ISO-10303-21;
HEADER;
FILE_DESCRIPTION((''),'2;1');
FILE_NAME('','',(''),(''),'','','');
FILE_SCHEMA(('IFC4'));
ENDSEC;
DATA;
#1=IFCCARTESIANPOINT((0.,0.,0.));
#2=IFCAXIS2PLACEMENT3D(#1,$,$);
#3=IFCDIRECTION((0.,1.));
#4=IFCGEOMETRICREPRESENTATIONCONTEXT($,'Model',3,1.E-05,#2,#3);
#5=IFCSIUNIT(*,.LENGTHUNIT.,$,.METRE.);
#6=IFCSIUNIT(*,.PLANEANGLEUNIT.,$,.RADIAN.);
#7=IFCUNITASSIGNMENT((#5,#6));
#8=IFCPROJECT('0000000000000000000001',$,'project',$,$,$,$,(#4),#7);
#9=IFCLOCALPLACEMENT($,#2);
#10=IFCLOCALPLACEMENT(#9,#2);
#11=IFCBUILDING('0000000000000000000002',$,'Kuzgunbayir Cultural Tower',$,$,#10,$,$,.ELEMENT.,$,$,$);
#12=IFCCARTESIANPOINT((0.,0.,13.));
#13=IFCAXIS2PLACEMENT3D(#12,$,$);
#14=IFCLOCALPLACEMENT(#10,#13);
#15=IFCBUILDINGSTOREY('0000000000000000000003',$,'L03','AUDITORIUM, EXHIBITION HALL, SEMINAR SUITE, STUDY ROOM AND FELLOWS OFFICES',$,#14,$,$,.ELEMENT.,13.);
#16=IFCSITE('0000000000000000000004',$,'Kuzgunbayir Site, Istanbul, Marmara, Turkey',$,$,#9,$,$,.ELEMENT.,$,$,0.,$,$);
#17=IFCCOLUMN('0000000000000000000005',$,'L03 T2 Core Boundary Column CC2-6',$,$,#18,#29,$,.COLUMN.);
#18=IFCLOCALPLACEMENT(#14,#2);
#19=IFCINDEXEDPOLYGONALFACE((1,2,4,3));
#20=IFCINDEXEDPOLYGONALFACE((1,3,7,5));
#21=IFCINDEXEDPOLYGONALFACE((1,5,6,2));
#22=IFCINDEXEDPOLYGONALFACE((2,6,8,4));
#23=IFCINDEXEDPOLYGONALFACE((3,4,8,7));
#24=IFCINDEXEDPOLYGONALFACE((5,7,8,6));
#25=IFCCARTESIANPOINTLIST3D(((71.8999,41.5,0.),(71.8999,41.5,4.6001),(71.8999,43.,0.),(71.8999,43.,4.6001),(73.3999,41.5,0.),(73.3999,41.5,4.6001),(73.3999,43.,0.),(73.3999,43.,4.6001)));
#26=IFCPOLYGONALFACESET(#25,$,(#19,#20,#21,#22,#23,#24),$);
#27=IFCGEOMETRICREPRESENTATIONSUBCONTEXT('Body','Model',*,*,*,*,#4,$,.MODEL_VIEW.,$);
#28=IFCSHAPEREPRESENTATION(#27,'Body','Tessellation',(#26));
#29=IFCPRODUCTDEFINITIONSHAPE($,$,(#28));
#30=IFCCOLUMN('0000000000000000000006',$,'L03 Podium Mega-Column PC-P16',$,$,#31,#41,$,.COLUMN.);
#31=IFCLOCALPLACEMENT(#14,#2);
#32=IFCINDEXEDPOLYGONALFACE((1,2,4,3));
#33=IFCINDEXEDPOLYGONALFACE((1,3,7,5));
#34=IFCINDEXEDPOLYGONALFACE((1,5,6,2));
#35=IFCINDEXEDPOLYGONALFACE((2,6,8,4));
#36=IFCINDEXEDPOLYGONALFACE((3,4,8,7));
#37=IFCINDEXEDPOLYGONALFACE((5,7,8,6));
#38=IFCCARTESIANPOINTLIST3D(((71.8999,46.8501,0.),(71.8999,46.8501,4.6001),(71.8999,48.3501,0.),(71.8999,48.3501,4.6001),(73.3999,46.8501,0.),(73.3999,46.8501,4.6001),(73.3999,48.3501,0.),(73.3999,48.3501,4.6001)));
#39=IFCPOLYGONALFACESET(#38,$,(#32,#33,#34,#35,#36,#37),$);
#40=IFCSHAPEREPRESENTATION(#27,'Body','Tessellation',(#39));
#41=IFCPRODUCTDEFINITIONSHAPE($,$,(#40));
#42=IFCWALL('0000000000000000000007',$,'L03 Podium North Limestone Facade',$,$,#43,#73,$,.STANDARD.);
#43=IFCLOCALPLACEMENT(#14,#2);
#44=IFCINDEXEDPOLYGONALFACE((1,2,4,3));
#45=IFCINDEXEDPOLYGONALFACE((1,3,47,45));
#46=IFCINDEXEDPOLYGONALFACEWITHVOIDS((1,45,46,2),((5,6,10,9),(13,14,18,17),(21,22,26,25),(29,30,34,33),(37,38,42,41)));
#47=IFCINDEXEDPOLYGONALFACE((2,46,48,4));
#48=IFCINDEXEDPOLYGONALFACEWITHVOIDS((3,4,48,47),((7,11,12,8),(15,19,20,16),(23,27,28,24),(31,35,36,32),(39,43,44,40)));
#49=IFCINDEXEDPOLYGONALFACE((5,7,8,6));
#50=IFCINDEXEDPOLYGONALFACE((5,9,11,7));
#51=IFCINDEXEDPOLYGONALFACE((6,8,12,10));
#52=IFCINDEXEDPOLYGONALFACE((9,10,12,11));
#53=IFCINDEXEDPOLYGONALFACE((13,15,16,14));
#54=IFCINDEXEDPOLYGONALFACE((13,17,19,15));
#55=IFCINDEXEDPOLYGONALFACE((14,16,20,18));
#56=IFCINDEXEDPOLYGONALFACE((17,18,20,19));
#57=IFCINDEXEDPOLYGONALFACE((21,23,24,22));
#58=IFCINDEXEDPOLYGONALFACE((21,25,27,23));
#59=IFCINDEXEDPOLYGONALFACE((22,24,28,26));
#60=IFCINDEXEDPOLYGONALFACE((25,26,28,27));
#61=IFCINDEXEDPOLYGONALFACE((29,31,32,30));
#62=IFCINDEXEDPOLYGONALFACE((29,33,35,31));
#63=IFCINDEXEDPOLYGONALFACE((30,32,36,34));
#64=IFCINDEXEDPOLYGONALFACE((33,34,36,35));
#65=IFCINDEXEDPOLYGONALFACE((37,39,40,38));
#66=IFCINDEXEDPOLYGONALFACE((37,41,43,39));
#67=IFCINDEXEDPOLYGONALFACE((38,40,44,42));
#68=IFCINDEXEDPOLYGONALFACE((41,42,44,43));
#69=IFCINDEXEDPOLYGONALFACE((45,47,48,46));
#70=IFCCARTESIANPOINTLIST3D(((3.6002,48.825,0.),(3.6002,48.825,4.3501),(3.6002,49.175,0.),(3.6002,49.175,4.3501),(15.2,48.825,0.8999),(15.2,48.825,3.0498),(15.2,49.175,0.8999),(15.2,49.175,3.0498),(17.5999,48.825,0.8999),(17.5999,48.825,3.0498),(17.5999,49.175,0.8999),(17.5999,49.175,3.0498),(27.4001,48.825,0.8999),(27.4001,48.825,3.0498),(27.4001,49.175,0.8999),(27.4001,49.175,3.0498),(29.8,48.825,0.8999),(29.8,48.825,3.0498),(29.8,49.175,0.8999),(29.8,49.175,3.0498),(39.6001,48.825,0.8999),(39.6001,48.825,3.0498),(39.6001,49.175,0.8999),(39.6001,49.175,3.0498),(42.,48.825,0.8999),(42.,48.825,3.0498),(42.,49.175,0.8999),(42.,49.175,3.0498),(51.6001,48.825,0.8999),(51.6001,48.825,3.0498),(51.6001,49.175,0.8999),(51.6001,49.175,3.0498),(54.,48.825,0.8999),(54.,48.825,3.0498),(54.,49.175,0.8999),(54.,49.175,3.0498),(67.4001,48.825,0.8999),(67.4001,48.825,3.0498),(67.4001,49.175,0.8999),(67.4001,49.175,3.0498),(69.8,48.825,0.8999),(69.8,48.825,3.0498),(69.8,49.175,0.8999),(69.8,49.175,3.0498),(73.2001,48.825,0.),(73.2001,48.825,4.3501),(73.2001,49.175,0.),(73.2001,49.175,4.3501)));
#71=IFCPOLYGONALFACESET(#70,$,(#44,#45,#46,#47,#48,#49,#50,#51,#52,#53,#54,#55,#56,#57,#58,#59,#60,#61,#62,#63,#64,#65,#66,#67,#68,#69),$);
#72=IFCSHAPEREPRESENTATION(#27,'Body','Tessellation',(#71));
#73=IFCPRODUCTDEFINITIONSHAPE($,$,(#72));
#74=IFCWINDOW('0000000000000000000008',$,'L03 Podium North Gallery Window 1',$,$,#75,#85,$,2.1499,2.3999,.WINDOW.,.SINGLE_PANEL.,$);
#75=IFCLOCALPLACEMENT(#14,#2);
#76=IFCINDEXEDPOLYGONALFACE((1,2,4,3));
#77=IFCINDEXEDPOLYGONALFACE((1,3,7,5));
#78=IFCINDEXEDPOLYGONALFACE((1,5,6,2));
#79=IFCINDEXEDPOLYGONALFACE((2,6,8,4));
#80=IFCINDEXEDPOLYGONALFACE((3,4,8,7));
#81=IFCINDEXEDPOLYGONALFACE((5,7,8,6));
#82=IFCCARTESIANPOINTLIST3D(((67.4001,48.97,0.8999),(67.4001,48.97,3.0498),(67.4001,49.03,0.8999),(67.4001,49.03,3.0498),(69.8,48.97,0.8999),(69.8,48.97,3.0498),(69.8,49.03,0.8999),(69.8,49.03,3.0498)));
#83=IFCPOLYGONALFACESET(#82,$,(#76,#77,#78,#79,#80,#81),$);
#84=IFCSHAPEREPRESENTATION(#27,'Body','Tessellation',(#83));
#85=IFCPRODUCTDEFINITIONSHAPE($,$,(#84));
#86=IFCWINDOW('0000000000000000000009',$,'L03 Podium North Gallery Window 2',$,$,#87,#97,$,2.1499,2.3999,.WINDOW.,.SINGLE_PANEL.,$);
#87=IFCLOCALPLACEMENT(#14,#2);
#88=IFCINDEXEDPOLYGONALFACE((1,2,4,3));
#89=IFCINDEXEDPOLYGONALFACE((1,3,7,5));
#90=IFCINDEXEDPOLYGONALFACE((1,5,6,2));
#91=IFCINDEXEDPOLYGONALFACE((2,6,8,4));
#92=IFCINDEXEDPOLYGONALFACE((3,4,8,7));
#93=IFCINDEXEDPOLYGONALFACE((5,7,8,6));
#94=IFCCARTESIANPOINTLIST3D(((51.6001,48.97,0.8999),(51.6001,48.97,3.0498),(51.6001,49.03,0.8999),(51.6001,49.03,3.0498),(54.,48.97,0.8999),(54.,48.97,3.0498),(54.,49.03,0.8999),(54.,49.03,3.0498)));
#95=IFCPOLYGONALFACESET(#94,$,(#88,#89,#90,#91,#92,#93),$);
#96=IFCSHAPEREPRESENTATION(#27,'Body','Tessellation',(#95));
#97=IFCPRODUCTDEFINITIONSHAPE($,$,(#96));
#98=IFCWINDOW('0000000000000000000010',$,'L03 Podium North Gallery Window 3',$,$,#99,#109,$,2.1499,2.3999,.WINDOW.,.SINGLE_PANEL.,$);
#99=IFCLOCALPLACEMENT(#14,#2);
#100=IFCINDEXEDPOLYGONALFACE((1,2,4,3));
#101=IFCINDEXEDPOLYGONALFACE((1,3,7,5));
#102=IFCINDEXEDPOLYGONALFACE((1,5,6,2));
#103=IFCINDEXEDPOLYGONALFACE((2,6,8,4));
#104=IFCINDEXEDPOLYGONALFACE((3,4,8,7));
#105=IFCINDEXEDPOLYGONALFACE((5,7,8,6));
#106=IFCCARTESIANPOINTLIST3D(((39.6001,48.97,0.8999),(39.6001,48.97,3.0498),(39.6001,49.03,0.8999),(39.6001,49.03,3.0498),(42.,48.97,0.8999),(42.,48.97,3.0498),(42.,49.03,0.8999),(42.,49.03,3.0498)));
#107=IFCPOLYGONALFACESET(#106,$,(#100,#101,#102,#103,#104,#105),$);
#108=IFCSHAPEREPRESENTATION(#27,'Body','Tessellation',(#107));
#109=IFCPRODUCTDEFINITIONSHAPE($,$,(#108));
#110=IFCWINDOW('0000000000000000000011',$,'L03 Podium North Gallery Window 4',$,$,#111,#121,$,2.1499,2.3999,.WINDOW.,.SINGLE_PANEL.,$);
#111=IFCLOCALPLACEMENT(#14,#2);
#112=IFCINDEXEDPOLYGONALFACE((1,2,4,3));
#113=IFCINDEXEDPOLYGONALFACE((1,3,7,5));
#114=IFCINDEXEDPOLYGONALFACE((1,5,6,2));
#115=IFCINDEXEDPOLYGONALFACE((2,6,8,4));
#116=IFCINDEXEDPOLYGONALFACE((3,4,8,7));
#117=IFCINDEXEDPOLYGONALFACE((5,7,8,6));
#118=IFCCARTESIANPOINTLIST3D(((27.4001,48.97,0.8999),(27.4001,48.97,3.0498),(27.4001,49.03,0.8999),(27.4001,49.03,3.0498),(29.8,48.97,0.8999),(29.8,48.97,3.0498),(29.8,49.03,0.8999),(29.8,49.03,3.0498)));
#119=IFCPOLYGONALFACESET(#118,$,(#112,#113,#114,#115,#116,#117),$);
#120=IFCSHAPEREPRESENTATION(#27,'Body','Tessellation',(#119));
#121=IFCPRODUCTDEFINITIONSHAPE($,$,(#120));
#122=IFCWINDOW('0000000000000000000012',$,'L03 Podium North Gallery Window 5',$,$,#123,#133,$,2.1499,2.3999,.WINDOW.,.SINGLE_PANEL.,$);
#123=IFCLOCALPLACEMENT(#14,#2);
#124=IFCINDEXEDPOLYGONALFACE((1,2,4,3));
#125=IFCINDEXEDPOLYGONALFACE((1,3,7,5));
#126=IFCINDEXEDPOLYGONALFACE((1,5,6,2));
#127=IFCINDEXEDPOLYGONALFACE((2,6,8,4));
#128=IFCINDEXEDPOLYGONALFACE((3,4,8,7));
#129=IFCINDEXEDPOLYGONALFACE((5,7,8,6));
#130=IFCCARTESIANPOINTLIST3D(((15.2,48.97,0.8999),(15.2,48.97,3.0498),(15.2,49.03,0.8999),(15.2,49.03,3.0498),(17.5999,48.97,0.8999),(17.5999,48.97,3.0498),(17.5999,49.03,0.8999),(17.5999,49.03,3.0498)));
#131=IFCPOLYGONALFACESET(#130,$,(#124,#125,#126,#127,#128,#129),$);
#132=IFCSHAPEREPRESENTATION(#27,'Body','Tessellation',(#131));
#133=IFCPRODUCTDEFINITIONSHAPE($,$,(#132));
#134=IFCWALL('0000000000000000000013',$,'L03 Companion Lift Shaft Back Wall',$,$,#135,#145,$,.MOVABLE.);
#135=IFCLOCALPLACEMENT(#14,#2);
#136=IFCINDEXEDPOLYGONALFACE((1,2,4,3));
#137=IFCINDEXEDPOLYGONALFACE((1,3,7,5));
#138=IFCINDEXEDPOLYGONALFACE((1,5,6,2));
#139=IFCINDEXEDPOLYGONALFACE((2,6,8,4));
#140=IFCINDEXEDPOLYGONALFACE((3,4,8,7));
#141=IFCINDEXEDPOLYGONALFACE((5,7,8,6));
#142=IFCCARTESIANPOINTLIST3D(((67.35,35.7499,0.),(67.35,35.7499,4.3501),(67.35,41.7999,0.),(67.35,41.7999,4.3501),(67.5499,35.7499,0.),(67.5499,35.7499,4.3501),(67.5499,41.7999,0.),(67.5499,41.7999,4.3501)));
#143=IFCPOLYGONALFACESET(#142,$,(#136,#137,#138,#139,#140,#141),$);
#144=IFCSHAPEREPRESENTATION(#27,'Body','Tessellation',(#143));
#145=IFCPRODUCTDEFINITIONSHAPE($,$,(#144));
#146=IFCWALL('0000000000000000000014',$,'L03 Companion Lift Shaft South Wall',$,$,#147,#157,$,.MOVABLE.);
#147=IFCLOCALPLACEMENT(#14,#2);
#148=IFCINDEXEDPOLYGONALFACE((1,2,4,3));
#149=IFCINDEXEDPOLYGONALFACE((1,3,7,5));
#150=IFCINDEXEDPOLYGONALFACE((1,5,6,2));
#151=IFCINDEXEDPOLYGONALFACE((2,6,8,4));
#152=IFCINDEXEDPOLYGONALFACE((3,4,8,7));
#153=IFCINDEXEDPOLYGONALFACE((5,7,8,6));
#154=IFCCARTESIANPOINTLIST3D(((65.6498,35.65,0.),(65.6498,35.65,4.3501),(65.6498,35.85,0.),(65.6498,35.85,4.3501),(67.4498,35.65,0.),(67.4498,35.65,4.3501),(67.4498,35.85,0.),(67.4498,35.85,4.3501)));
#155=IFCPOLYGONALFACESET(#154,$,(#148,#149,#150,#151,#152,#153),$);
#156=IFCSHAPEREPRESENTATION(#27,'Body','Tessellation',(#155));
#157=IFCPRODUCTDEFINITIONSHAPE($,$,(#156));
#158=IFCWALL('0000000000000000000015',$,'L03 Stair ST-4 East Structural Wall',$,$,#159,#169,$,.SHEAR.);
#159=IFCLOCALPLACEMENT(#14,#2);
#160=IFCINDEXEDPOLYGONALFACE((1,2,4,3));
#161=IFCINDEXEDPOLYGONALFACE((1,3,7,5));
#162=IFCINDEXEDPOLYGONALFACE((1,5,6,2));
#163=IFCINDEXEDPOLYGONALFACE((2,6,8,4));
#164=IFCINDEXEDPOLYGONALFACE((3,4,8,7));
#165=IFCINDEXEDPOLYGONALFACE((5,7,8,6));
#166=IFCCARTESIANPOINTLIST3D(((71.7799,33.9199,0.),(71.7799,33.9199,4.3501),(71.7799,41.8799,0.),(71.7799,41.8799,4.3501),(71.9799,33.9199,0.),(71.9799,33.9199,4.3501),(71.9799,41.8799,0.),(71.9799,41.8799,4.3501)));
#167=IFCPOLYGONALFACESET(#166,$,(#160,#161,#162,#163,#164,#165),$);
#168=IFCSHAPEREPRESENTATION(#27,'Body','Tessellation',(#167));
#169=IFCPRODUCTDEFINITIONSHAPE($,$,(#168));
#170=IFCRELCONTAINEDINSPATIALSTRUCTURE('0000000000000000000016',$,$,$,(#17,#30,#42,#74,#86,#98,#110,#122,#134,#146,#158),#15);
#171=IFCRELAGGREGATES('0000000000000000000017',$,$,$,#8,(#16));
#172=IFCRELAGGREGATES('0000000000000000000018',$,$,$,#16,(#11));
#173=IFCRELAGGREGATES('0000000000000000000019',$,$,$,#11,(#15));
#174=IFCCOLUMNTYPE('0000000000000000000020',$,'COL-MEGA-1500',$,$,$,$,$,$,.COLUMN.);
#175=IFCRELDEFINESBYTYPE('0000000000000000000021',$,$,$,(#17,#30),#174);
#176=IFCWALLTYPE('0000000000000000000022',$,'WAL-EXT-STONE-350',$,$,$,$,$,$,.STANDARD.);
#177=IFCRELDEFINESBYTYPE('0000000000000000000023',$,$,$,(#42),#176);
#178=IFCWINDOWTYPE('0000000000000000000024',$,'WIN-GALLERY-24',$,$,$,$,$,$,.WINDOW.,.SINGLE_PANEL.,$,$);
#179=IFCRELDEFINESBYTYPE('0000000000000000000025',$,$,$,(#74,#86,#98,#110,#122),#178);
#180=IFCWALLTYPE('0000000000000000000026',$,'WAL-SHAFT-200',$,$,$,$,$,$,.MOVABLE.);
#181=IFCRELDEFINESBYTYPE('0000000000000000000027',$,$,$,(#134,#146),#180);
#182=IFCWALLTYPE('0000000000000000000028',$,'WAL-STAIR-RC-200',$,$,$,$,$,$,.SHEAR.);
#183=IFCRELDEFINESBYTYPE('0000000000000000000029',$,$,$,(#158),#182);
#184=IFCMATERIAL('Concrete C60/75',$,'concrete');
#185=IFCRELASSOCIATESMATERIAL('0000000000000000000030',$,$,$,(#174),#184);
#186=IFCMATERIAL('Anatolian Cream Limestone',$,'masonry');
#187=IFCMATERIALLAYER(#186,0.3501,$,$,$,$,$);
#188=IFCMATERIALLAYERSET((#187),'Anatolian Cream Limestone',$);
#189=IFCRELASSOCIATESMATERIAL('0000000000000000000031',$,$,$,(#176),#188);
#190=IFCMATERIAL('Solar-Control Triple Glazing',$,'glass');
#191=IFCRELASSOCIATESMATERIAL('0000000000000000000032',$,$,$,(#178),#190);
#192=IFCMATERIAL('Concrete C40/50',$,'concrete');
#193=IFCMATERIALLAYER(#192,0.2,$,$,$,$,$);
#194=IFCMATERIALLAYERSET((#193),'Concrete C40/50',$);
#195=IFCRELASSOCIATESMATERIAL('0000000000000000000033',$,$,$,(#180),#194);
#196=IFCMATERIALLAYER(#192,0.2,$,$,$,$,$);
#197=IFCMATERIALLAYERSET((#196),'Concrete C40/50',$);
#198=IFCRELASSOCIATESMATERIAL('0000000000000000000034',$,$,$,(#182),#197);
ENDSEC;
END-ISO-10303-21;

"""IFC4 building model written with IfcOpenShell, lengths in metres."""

from ifc_helpers import new_model, si_unit, direction, frame, frame_2d, origin, origin_2d, place, context, subcontext, project, spatial, rectangle, extrude, material, layer, layer_set, material_profile, profile_set, type_object, element, fill, save


model = new_model("IFC4")

# Units and contexts
model_context = context("Model", 3, precision=1e-05, world=origin(), true_north=direction((0.0, 1.0)))
body_context = subcontext(model_context, "Body", "Model", "MODEL_VIEW")
ifc_project = project(units=[si_unit("LENGTHUNIT", "METRE"), si_unit("PLANEANGLEUNIT", "RADIAN")], contexts=[model_context])

# Site, building, storey
site_placement = place(None, origin())
site = spatial("IfcSite", under=ifc_project, at=site_placement, Name="Kuzgunbayir Site, Istanbul, Marmara, Turkey", CompositionType="ELEMENT", RefElevation=0.0)
building_placement = place(site_placement, origin())
building = spatial("IfcBuilding", under=site, at=building_placement, Name="Kuzgunbayir Cultural Tower", CompositionType="ELEMENT")
storey_placement = place(building_placement, frame((0.0, 0.0, 13.0)))
storey = spatial("IfcBuildingStorey", under=building, at=storey_placement, Name="L03", Description="AUDITORIUM, EXHIBITION HALL, SEMINAR SUITE, STUDY ROOM AND FELLOWS OFFICES", CompositionType="ELEMENT", Elevation=13.0)

# Columns
ifc_material_1 = material(Name="Concrete C60/75", Category="concrete")
ifc_material_profile = material_profile(ifc_material_1, rectangle(XDim=1.5, YDim=1.5, at=origin_2d()), Name="RC 1500x1500")
ifc_profile_set = profile_set([ifc_material_profile], Name="Concrete C60/75")
column_type = type_object("IfcColumnType", Name="COL-MEGA-1500", PredefinedType="COLUMN", material=ifc_profile_set)
for number, where, z_axis, x_axis, name in (
    (1, (72.6499, 42.25, 0.0), (0.0, 0.0, 1.0), (1.0, 0.0, 0.0), "L03 T2 Core Boundary Column CC2-6"),
    (2, (72.6499, 47.6001, 0.0), (0.0, 0.0, 1.0), (1.0, 0.0, 0.0), "L03 Podium Mega-Column PC-P16"),
):
    element("IfcColumn", number, at=place(storey_placement, frame(where, z_axis=z_axis, x_axis=x_axis)), inside=storey, type_object=column_type, Name=name, PredefinedType="COLUMN", context=body_context, shape_type="SweptSolid", body=[
        extrude(rectangle(XDim=1.5, YDim=1.5, at=origin_2d()), origin(), (0.0, 0.0, 1.0), 4.6001),
    ])

# Wall, openings, windows
ifc_material_2 = material(Name="Anatolian Cream Limestone", Category="masonry")
ifc_layer_1 = layer(ifc_material_2, 0.3501)
ifc_layer_set_1 = layer_set([ifc_layer_1], Name="Anatolian Cream Limestone")
wall_type_1 = type_object("IfcWallType", Name="WAL-EXT-STONE-350", PredefinedType="STANDARD", material=ifc_layer_set_1)
wall_1_placement = place(storey_placement, frame((73.2, 49.0, 0.0), z_axis=(0.0, 0.0, 1.0), x_axis=(-1.0, 0.0, 0.0)))
wall_1 = element("IfcWall", 3, at=wall_1_placement, inside=storey, type_object=wall_type_1, Name="L03 Podium North Limestone Facade", PredefinedType="STANDARD", context=body_context, shape_type="SweptSolid", body=[
    extrude(rectangle(XDim=69.5999, YDim=0.3501, at=frame_2d((34.7998, 0.0))), origin(), (0.0, 0.0, 1.0), 4.3501),
])
opening_1_placement = place(wall_1_placement, frame((3.3999, 0.0, 0.8999)))
opening_1 = element("IfcOpeningElement", 4, at=opening_1_placement, cuts=wall_1, PredefinedType="OPENING", context=body_context, shape_type="SweptSolid", body=[
    extrude(rectangle(XDim=2.3999, YDim=2.1499, at=frame_2d((1.2, 1.075))), frame((0.0, 0.1851, 0.0), z_axis=(0.0, -1.0, 0.0), x_axis=(1.0, 0.0, 0.0)), (0.0, 0.0, 1.0), 0.3701),
])
opening_2_placement = place(wall_1_placement, frame((19.2, 0.0, 0.8999)))
opening_2 = element("IfcOpeningElement", 5, at=opening_2_placement, cuts=wall_1, PredefinedType="OPENING", context=body_context, shape_type="SweptSolid", body=[
    extrude(rectangle(XDim=2.3999, YDim=2.1499, at=frame_2d((1.2, 1.075))), frame((0.0, 0.1851, 0.0), z_axis=(0.0, -1.0, 0.0), x_axis=(1.0, 0.0, 0.0)), (0.0, 0.0, 1.0), 0.3701),
])
opening_3_placement = place(wall_1_placement, frame((31.2, 0.0, 0.8999)))
opening_3 = element("IfcOpeningElement", 6, at=opening_3_placement, cuts=wall_1, PredefinedType="OPENING", context=body_context, shape_type="SweptSolid", body=[
    extrude(rectangle(XDim=2.3999, YDim=2.1499, at=frame_2d((1.2, 1.075))), frame((0.0, 0.1851, 0.0), z_axis=(0.0, -1.0, 0.0), x_axis=(1.0, 0.0, 0.0)), (0.0, 0.0, 1.0), 0.3701),
])
opening_4_placement = place(wall_1_placement, frame((43.3999, 0.0, 0.8999)))
opening_4 = element("IfcOpeningElement", 7, at=opening_4_placement, cuts=wall_1, PredefinedType="OPENING", context=body_context, shape_type="SweptSolid", body=[
    extrude(rectangle(XDim=2.3999, YDim=2.1499, at=frame_2d((1.2, 1.075))), frame((0.0, 0.1851, 0.0), z_axis=(0.0, -1.0, 0.0), x_axis=(1.0, 0.0, 0.0)), (0.0, 0.0, 1.0), 0.3701),
])
opening_5_placement = place(wall_1_placement, frame((55.6001, 0.0, 0.8999)))
opening_5 = element("IfcOpeningElement", 8, at=opening_5_placement, cuts=wall_1, PredefinedType="OPENING", context=body_context, shape_type="SweptSolid", body=[
    extrude(rectangle(XDim=2.3999, YDim=2.1499, at=frame_2d((1.2, 1.075))), frame((0.0, 0.1851, 0.0), z_axis=(0.0, -1.0, 0.0), x_axis=(1.0, 0.0, 0.0)), (0.0, 0.0, 1.0), 0.3701),
])
ifc_material_3 = material(Name="Solar-Control Triple Glazing", Category="glass")
window_type = type_object("IfcWindowType", Name="WIN-GALLERY-24", PartitioningType="SINGLE_PANEL", PredefinedType="WINDOW", material=ifc_material_3)
window_1_placement = place(opening_1_placement, origin())
window_1 = element("IfcWindow", 9, at=window_1_placement, inside=storey, type_object=window_type, Name="L03 Podium North Gallery Window 1", OverallHeight=2.1499, OverallWidth=2.3999, PartitioningType="SINGLE_PANEL", PredefinedType="WINDOW", context=body_context, shape_type="SweptSolid", body=[
    extrude(rectangle(XDim=2.3999, YDim=2.1499, at=frame_2d((1.2, 1.075))), frame((0.0, 0.03, 0.0), z_axis=(0.0, -1.0, 0.0), x_axis=(1.0, 0.0, 0.0)), (0.0, 0.0, 1.0), 0.0601),
])
fill(opening_1, window_1)
window_2_placement = place(opening_2_placement, origin())
window_2 = element("IfcWindow", 10, at=window_2_placement, inside=storey, type_object=window_type, Name="L03 Podium North Gallery Window 2", OverallHeight=2.1499, OverallWidth=2.3999, PartitioningType="SINGLE_PANEL", PredefinedType="WINDOW", context=body_context, shape_type="SweptSolid", body=[
    extrude(rectangle(XDim=2.3999, YDim=2.1499, at=frame_2d((1.2, 1.075))), frame((0.0, 0.03, 0.0), z_axis=(0.0, -1.0, 0.0), x_axis=(1.0, 0.0, 0.0)), (0.0, 0.0, 1.0), 0.0601),
])
fill(opening_2, window_2)
window_3_placement = place(opening_3_placement, origin())
window_3 = element("IfcWindow", 11, at=window_3_placement, inside=storey, type_object=window_type, Name="L03 Podium North Gallery Window 3", OverallHeight=2.1499, OverallWidth=2.3999, PartitioningType="SINGLE_PANEL", PredefinedType="WINDOW", context=body_context, shape_type="SweptSolid", body=[
    extrude(rectangle(XDim=2.3999, YDim=2.1499, at=frame_2d((1.2, 1.075))), frame((0.0, 0.03, 0.0), z_axis=(0.0, -1.0, 0.0), x_axis=(1.0, 0.0, 0.0)), (0.0, 0.0, 1.0), 0.0601),
])
fill(opening_3, window_3)
window_4_placement = place(opening_4_placement, origin())
window_4 = element("IfcWindow", 12, at=window_4_placement, inside=storey, type_object=window_type, Name="L03 Podium North Gallery Window 4", OverallHeight=2.1499, OverallWidth=2.3999, PartitioningType="SINGLE_PANEL", PredefinedType="WINDOW", context=body_context, shape_type="SweptSolid", body=[
    extrude(rectangle(XDim=2.3999, YDim=2.1499, at=frame_2d((1.2, 1.075))), frame((0.0, 0.03, 0.0), z_axis=(0.0, -1.0, 0.0), x_axis=(1.0, 0.0, 0.0)), (0.0, 0.0, 1.0), 0.0601),
])
fill(opening_4, window_4)
window_5_placement = place(opening_5_placement, origin())
window_5 = element("IfcWindow", 13, at=window_5_placement, inside=storey, type_object=window_type, Name="L03 Podium North Gallery Window 5", OverallHeight=2.1499, OverallWidth=2.3999, PartitioningType="SINGLE_PANEL", PredefinedType="WINDOW", context=body_context, shape_type="SweptSolid", body=[
    extrude(rectangle(XDim=2.3999, YDim=2.1499, at=frame_2d((1.2, 1.075))), frame((0.0, 0.03, 0.0), z_axis=(0.0, -1.0, 0.0), x_axis=(1.0, 0.0, 0.0)), (0.0, 0.0, 1.0), 0.0601),
])
fill(opening_5, window_5)

# Shared definitions
ifc_material_4 = material(Name="Concrete C40/50", Category="concrete")
ifc_layer_2 = layer(ifc_material_4, 0.2)
ifc_layer_set_2 = layer_set([ifc_layer_2], Name="Concrete C40/50")
wall_type_2 = type_object("IfcWallType", Name="WAL-SHAFT-200", PredefinedType="MOVABLE", material=ifc_layer_set_2)

# Walls
wall_2_placement = place(storey_placement, frame((67.45, 35.75, 0.0), z_axis=(0.0, 0.0, 1.0), x_axis=(0.0, 1.0, 0.0)))
element("IfcWall", 14, at=wall_2_placement, inside=storey, type_object=wall_type_2, Name="L03 Companion Lift Shaft Back Wall", PredefinedType="MOVABLE", context=body_context, shape_type="SweptSolid", body=[
    extrude(rectangle(XDim=6.05, YDim=0.2, at=frame_2d((3.0249, 0.0))), origin(), (0.0, 0.0, 1.0), 4.3501),
])
wall_3_placement = place(storey_placement, frame((65.6499, 35.75, 0.0), z_axis=(0.0, 0.0, 1.0), x_axis=(1.0, 0.0, 0.0)))
element("IfcWall", 15, at=wall_3_placement, inside=storey, type_object=wall_type_2, Name="L03 Companion Lift Shaft South Wall", PredefinedType="MOVABLE", context=body_context, shape_type="SweptSolid", body=[
    extrude(rectangle(XDim=1.8, YDim=0.2, at=frame_2d((0.8999, 0.0))), origin(), (0.0, 0.0, 1.0), 4.3501),
])
ifc_layer_3 = layer(ifc_material_4, 0.2)
ifc_layer_set_3 = layer_set([ifc_layer_3], Name="Concrete C40/50")
wall_type_3 = type_object("IfcWallType", Name="WAL-STAIR-RC-200", PredefinedType="SHEAR", material=ifc_layer_set_3)
wall_4_placement = place(storey_placement, frame((71.8799, 33.9199, 0.0), z_axis=(0.0, 0.0, 1.0), x_axis=(0.0, 1.0, 0.0)))
element("IfcWall", 16, at=wall_4_placement, inside=storey, type_object=wall_type_3, Name="L03 Stair ST-4 East Structural Wall", PredefinedType="SHEAR", context=body_context, shape_type="SweptSolid", body=[
    extrude(rectangle(XDim=7.96, YDim=0.2, at=frame_2d((3.98, 0.0))), origin(), (0.0, 0.0, 1.0), 4.3501),
])

save(model, "model.ifc")
